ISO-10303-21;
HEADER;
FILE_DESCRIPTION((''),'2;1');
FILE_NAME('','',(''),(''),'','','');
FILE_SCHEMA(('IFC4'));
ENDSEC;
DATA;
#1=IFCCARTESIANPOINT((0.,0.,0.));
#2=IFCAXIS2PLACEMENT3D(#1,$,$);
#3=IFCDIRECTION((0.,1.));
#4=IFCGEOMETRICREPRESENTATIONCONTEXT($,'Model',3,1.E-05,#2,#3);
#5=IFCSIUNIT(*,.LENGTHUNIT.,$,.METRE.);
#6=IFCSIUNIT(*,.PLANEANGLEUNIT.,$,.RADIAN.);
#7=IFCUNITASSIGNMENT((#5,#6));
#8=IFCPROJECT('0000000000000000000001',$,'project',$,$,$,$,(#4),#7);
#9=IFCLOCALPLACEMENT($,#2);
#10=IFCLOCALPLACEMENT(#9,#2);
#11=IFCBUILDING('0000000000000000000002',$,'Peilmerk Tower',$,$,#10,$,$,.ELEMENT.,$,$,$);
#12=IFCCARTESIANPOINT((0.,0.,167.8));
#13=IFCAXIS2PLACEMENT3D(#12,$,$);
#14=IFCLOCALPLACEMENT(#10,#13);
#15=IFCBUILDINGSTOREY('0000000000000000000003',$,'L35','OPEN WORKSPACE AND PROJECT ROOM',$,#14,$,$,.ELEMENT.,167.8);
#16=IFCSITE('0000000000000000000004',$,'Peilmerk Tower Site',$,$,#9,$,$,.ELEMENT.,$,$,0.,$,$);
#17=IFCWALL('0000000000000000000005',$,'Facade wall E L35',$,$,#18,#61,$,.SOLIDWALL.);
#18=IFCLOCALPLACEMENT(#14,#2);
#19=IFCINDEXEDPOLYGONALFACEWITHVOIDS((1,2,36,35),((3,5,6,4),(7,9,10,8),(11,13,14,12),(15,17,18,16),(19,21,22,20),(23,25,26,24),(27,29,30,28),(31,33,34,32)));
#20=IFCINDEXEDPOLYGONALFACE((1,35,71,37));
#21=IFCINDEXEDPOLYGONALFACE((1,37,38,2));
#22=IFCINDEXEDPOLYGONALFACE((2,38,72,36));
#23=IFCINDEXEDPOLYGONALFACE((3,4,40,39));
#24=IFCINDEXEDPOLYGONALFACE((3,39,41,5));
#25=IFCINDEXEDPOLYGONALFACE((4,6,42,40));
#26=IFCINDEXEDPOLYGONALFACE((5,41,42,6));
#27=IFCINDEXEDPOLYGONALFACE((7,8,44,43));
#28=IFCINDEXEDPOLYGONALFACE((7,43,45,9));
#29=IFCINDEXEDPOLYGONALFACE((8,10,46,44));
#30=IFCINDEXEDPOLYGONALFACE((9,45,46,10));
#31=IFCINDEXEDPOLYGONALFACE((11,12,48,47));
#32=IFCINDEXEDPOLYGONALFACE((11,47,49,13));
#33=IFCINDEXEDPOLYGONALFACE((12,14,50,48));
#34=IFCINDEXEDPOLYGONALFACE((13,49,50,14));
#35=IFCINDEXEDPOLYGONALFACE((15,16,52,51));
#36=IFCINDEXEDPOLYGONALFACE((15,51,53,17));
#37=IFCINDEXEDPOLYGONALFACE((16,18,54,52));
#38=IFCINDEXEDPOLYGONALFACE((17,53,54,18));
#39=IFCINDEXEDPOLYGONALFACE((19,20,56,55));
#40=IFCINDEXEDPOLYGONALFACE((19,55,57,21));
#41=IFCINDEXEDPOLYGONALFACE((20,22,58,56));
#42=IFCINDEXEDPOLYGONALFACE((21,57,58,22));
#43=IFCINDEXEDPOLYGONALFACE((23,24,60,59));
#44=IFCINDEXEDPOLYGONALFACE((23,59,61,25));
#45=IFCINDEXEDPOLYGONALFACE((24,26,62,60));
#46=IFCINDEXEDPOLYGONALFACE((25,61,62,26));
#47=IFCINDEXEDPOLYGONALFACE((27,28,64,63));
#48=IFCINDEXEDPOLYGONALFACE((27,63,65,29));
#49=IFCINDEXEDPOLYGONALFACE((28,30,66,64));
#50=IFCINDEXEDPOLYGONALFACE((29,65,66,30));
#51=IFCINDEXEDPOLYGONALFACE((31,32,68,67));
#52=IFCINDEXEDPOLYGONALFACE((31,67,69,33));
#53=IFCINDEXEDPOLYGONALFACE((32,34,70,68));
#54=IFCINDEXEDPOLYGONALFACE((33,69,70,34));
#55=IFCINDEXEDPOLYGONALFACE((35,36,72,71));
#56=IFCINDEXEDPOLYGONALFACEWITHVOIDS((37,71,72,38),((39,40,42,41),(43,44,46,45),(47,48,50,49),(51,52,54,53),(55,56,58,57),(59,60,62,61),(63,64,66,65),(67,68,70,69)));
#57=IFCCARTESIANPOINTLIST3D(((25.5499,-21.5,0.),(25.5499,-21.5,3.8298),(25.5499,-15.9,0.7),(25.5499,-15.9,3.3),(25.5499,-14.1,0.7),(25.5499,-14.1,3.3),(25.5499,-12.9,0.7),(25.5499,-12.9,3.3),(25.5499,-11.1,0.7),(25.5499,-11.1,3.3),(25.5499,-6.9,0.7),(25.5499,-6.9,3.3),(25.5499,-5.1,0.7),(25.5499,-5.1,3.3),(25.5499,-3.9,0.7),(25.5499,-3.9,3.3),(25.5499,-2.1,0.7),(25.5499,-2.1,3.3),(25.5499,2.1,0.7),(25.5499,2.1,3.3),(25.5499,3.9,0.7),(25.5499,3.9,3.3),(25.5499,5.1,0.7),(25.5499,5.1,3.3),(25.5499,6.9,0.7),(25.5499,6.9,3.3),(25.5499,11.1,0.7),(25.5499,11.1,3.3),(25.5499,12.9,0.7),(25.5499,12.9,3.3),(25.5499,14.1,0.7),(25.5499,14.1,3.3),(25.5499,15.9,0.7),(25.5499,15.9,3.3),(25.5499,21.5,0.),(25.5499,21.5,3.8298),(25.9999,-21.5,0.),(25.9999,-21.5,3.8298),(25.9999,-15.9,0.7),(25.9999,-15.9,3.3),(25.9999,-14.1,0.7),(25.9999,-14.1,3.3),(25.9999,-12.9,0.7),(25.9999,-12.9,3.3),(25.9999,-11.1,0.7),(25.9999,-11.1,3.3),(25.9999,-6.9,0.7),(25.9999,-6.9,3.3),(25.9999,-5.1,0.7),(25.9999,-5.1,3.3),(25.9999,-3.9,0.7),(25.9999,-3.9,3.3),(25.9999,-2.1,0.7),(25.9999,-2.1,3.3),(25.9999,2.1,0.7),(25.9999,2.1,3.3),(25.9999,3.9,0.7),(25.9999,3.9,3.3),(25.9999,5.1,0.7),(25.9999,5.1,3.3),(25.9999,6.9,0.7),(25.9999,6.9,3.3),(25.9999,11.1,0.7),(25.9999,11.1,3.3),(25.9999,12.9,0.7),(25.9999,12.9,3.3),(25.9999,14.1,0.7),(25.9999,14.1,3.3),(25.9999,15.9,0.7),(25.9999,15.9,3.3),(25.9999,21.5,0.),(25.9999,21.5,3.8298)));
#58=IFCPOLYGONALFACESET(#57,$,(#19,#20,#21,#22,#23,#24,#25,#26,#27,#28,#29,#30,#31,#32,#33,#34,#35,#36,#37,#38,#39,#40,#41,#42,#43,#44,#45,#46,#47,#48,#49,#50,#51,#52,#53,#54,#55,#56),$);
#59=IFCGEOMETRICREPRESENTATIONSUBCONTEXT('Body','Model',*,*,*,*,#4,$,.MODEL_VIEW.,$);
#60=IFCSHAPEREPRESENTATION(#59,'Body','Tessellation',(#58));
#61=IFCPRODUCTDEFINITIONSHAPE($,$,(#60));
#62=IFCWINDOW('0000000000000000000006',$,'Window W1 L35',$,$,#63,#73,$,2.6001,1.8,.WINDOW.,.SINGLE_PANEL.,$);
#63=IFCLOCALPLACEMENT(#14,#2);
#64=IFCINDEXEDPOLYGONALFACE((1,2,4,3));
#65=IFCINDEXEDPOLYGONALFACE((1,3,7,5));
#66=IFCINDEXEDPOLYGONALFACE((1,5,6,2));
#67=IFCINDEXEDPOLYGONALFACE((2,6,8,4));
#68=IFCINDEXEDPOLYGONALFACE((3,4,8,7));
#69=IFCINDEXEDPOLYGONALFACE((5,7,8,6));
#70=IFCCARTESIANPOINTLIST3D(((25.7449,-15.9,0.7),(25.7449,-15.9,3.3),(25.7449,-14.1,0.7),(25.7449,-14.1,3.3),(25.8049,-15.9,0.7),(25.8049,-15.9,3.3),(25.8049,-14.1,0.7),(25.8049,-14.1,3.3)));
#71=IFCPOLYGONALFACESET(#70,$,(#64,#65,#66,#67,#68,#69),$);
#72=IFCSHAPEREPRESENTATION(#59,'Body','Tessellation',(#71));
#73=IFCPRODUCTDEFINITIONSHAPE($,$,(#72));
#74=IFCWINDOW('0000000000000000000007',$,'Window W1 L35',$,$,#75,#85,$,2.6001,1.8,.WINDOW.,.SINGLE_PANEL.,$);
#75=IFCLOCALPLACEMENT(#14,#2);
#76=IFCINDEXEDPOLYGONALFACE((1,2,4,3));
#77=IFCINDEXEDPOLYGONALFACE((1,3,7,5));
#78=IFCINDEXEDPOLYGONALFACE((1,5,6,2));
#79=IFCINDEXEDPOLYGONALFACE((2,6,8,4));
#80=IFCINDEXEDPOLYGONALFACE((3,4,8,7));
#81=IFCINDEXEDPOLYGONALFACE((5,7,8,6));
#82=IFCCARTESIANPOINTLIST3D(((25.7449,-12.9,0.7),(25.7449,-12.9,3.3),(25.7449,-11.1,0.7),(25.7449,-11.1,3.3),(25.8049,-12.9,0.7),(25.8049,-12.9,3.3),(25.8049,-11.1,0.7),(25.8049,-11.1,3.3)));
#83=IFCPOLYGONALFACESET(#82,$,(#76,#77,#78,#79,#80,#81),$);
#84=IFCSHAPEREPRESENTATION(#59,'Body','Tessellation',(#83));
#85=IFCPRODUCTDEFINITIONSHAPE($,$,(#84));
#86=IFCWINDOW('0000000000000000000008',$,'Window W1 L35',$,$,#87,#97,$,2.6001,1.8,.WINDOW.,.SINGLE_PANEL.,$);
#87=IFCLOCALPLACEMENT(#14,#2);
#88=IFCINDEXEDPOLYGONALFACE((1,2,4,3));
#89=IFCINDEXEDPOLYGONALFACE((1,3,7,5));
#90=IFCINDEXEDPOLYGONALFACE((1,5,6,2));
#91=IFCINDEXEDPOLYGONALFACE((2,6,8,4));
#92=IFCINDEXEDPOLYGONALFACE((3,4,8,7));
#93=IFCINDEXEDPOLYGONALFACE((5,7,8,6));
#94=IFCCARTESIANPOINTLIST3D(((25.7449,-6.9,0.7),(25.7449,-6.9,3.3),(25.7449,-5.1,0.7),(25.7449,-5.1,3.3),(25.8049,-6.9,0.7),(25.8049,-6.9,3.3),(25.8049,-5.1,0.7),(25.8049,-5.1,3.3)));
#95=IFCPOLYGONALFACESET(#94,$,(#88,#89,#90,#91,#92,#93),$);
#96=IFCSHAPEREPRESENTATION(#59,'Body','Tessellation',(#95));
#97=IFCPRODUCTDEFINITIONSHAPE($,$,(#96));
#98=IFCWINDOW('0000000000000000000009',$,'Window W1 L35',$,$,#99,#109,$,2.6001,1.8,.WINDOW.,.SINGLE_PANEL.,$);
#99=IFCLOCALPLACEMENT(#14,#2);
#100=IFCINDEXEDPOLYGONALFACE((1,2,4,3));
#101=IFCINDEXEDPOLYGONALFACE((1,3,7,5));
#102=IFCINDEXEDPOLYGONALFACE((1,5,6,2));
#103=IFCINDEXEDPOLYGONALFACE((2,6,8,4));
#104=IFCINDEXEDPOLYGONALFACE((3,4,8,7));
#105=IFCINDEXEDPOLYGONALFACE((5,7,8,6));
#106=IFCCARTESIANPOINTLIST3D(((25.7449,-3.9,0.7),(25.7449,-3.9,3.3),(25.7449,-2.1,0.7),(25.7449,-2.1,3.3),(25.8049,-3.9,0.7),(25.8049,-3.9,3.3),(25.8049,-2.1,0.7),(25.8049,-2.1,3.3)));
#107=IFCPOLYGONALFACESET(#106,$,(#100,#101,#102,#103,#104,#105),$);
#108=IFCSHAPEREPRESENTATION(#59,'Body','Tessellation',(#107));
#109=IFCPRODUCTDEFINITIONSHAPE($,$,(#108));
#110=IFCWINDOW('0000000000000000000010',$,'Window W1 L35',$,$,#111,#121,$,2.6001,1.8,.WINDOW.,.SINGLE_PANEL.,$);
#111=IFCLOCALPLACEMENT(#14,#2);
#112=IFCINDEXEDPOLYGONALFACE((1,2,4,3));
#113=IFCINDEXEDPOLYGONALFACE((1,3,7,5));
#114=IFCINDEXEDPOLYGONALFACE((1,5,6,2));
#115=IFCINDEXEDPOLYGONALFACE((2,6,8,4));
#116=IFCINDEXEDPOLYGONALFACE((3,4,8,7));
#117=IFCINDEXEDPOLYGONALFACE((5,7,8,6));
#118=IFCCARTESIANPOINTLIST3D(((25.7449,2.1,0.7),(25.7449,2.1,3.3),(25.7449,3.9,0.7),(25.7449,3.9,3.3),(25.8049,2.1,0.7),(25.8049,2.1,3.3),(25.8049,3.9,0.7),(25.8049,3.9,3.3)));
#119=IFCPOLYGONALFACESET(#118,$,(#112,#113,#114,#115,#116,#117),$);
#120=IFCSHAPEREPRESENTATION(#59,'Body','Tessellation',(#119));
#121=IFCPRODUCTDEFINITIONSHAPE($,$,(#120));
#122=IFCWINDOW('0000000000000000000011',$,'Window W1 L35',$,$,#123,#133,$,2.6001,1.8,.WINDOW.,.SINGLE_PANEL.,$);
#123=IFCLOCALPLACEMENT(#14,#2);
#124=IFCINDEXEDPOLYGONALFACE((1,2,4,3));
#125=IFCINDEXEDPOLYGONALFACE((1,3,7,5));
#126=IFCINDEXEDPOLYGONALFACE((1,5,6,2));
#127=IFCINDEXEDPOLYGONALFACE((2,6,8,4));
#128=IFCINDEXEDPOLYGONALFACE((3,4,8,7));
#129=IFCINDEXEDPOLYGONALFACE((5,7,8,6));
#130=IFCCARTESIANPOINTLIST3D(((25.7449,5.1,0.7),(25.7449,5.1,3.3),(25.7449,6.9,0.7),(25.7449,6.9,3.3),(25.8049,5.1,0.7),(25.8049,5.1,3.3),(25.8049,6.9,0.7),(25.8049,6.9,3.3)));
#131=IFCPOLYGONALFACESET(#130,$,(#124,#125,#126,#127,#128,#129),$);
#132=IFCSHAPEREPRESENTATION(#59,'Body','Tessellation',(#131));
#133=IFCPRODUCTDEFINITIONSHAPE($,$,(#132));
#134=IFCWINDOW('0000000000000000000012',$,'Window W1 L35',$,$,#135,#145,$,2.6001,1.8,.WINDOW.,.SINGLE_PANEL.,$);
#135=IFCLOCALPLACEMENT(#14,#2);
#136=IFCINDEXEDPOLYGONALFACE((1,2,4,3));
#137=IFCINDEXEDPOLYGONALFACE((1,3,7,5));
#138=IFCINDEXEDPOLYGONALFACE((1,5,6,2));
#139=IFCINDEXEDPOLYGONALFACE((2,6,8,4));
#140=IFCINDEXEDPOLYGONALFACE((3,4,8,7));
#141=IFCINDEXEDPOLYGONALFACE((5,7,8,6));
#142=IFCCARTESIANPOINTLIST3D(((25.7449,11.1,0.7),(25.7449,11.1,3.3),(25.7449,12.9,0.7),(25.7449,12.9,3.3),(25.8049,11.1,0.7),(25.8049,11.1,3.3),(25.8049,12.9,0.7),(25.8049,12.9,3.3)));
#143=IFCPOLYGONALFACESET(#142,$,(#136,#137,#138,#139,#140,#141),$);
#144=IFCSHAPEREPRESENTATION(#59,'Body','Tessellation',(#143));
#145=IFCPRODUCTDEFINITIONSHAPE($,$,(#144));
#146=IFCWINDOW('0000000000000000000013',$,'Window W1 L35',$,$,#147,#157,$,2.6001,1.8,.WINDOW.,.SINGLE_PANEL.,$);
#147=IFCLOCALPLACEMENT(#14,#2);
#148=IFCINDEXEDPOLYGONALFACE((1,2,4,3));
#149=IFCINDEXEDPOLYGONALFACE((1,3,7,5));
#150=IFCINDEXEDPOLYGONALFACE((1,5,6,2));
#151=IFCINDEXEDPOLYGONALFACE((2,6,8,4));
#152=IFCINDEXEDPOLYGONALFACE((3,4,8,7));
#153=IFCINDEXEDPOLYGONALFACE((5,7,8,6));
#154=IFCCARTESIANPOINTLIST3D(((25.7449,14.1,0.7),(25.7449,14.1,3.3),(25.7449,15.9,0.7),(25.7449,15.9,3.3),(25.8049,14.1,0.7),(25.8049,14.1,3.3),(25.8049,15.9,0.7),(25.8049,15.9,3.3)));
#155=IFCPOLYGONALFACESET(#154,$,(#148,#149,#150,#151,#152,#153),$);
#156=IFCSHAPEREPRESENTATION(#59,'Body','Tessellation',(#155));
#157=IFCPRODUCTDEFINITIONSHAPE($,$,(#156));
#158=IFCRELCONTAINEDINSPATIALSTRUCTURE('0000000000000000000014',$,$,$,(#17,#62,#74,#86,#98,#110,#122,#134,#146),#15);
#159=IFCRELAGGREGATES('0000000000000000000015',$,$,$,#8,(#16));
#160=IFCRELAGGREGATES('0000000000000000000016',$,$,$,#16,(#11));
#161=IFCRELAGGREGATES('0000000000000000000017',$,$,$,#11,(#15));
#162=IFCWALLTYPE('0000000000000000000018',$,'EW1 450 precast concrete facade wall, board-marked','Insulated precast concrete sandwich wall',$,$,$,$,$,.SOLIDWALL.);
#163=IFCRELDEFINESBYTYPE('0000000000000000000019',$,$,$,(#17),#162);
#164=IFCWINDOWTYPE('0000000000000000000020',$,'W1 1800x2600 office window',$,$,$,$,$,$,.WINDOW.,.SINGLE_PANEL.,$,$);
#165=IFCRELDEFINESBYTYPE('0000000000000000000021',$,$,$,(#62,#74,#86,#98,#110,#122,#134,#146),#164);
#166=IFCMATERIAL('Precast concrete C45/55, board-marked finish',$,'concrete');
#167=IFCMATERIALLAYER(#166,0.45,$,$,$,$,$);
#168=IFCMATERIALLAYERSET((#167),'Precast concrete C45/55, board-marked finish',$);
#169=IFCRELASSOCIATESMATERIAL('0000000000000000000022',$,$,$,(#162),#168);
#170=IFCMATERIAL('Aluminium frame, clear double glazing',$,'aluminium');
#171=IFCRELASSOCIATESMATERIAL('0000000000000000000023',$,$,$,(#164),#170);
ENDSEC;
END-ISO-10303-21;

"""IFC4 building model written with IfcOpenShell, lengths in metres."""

from ifc_helpers import new_model, si_unit, direction, frame, frame_2d, origin, place, context, subcontext, project, spatial, rectangle, extrude, material, layer, layer_set, type_object, element, fill, save


model = new_model("IFC4")

# Units and contexts
model_context = context("Model", 3, precision=1e-05, world=origin(), true_north=direction((0.0, 1.0)))
body_context = subcontext(model_context, "Body", "Model", "MODEL_VIEW")
ifc_project = project(units=[si_unit("LENGTHUNIT", "METRE"), si_unit("PLANEANGLEUNIT", "RADIAN")], contexts=[model_context])

# Site, building, storey
site_placement = place(None, origin())
site = spatial("IfcSite", under=ifc_project, at=site_placement, Name="Peilmerk Tower Site", CompositionType="ELEMENT", RefElevation=0.0)
building_placement = place(site_placement, origin())
building = spatial("IfcBuilding", under=site, at=building_placement, Name="Peilmerk Tower", CompositionType="ELEMENT")
storey_placement = place(building_placement, frame((0.0, 0.0, 167.8)))
storey = spatial("IfcBuildingStorey", under=building, at=storey_placement, Name="L35", Description="OPEN WORKSPACE AND PROJECT ROOM", CompositionType="ELEMENT", Elevation=167.8)

# Wall, openings, windows
ifc_material_1 = material(Name="Precast concrete C45/55, board-marked finish", Category="concrete")
ifc_layer_1 = layer(ifc_material_1, 0.45)
ifc_layer_set_1 = layer_set([ifc_layer_1], Name="Precast concrete C45/55, board-marked finish")
wall_type = type_object("IfcWallType", Name="EW1 450 precast concrete facade wall, board-marked", Description="Insulated precast concrete sandwich wall", PredefinedType="SOLIDWALL", material=ifc_layer_set_1)
wall_1_placement = place(storey_placement, frame((25.7749, -21.5, 0.0), z_axis=(0.0, 0.0, 1.0), x_axis=(0.0, 1.0, 0.0)))
wall_1 = element("IfcWall", 1, at=wall_1_placement, inside=storey, type_object=wall_type, Name="Facade wall E L35", PredefinedType="SOLIDWALL", context=body_context, shape_type="SweptSolid", body=[
    extrude(rectangle(XDim=43.0, YDim=0.45, at=frame_2d((21.5, 0.0))), origin(), (0.0, 0.0, 1.0), 3.8298),
])
opening_1_placement = place(wall_1_placement, frame((5.6001, 0.0, 0.7)))
opening_1 = element("IfcOpeningElement", 2, at=opening_1_placement, cuts=wall_1, PredefinedType="OPENING", context=body_context, shape_type="SweptSolid", body=[
    extrude(rectangle(XDim=1.8, YDim=2.6001, at=frame_2d((0.8999, 1.3))), frame((0.0, 0.2349, 0.0), z_axis=(0.0, -1.0, 0.0), x_axis=(1.0, 0.0, 0.0)), (0.0, 0.0, 1.0), 0.47),
])
opening_2_placement = place(wall_1_placement, frame((8.6001, 0.0, 0.7)))
opening_2 = element("IfcOpeningElement", 3, at=opening_2_placement, cuts=wall_1, PredefinedType="OPENING", context=body_context, shape_type="SweptSolid", body=[
    extrude(rectangle(XDim=1.8, YDim=2.6001, at=frame_2d((0.8999, 1.3))), frame((0.0, 0.2349, 0.0), z_axis=(0.0, -1.0, 0.0), x_axis=(1.0, 0.0, 0.0)), (0.0, 0.0, 1.0), 0.47),
])
opening_3_placement = place(wall_1_placement, frame((14.6001, 0.0, 0.7)))
opening_3 = element("IfcOpeningElement", 4, at=opening_3_placement, cuts=wall_1, PredefinedType="OPENING", context=body_context, shape_type="SweptSolid", body=[
    extrude(rectangle(XDim=1.8, YDim=2.6001, at=frame_2d((0.8999, 1.3))), frame((0.0, 0.2349, 0.0), z_axis=(0.0, -1.0, 0.0), x_axis=(1.0, 0.0, 0.0)), (0.0, 0.0, 1.0), 0.47),
])
opening_4_placement = place(wall_1_placement, frame((17.6001, 0.0, 0.7)))
opening_4 = element("IfcOpeningElement", 5, at=opening_4_placement, cuts=wall_1, PredefinedType="OPENING", context=body_context, shape_type="SweptSolid", body=[
    extrude(rectangle(XDim=1.8, YDim=2.6001, at=frame_2d((0.8999, 1.3))), frame((0.0, 0.2349, 0.0), z_axis=(0.0, -1.0, 0.0), x_axis=(1.0, 0.0, 0.0)), (0.0, 0.0, 1.0), 0.47),
])
opening_5_placement = place(wall_1_placement, frame((23.6001, 0.0, 0.7)))
opening_5 = element("IfcOpeningElement", 6, at=opening_5_placement, cuts=wall_1, PredefinedType="OPENING", context=body_context, shape_type="SweptSolid", body=[
    extrude(rectangle(XDim=1.8, YDim=2.6001, at=frame_2d((0.8999, 1.3))), frame((0.0, 0.2349, 0.0), z_axis=(0.0, -1.0, 0.0), x_axis=(1.0, 0.0, 0.0)), (0.0, 0.0, 1.0), 0.47),
])
opening_6_placement = place(wall_1_placement, frame((26.6001, 0.0, 0.7)))
opening_6 = element("IfcOpeningElement", 7, at=opening_6_placement, cuts=wall_1, PredefinedType="OPENING", context=body_context, shape_type="SweptSolid", body=[
    extrude(rectangle(XDim=1.8, YDim=2.6001, at=frame_2d((0.8999, 1.3))), frame((0.0, 0.2349, 0.0), z_axis=(0.0, -1.0, 0.0), x_axis=(1.0, 0.0, 0.0)), (0.0, 0.0, 1.0), 0.47),
])
opening_7_placement = place(wall_1_placement, frame((32.6001, 0.0, 0.7)))
opening_7 = element("IfcOpeningElement", 8, at=opening_7_placement, cuts=wall_1, PredefinedType="OPENING", context=body_context, shape_type="SweptSolid", body=[
    extrude(rectangle(XDim=1.8, YDim=2.6001, at=frame_2d((0.8999, 1.3))), frame((0.0, 0.2349, 0.0), z_axis=(0.0, -1.0, 0.0), x_axis=(1.0, 0.0, 0.0)), (0.0, 0.0, 1.0), 0.47),
])
opening_8_placement = place(wall_1_placement, frame((35.6001, 0.0, 0.7)))
opening_8 = element("IfcOpeningElement", 9, at=opening_8_placement, cuts=wall_1, PredefinedType="OPENING", context=body_context, shape_type="SweptSolid", body=[
    extrude(rectangle(XDim=1.8, YDim=2.6001, at=frame_2d((0.8999, 1.3))), frame((0.0, 0.2349, 0.0), z_axis=(0.0, -1.0, 0.0), x_axis=(1.0, 0.0, 0.0)), (0.0, 0.0, 1.0), 0.47),
])
ifc_material_2 = material(Name="Aluminium frame, clear double glazing", Category="aluminium")
window_type = type_object("IfcWindowType", Name="W1 1800x2600 office window", PartitioningType="SINGLE_PANEL", PredefinedType="WINDOW", material=ifc_material_2)
window_1_placement = place(opening_1_placement, origin())
window_1 = element("IfcWindow", 10, at=window_1_placement, inside=storey, type_object=window_type, Name="Window W1 L35", OverallHeight=2.6001, OverallWidth=1.8, PartitioningType="SINGLE_PANEL", PredefinedType="WINDOW", context=body_context, shape_type="SweptSolid", body=[
    extrude(rectangle(XDim=1.8, YDim=2.6001, at=frame_2d((0.8999, 1.3))), frame((0.0, 0.03, 0.0), z_axis=(0.0, -1.0, 0.0), x_axis=(1.0, 0.0, 0.0)), (0.0, 0.0, 1.0), 0.0601),
])
fill(opening_1, window_1)
window_2_placement = place(opening_2_placement, origin())
window_2 = element("IfcWindow", 11, at=window_2_placement, inside=storey, type_object=window_type, Name="Window W1 L35", OverallHeight=2.6001, OverallWidth=1.8, PartitioningType="SINGLE_PANEL", PredefinedType="WINDOW", context=body_context, shape_type="SweptSolid", body=[
    extrude(rectangle(XDim=1.8, YDim=2.6001, at=frame_2d((0.8999, 1.3))), frame((0.0, 0.03, 0.0), z_axis=(0.0, -1.0, 0.0), x_axis=(1.0, 0.0, 0.0)), (0.0, 0.0, 1.0), 0.0601),
])
fill(opening_2, window_2)
window_3_placement = place(opening_3_placement, origin())
window_3 = element("IfcWindow", 12, at=window_3_placement, inside=storey, type_object=window_type, Name="Window W1 L35", OverallHeight=2.6001, OverallWidth=1.8, PartitioningType="SINGLE_PANEL", PredefinedType="WINDOW", context=body_context, shape_type="SweptSolid", body=[
    extrude(rectangle(XDim=1.8, YDim=2.6001, at=frame_2d((0.8999, 1.3))), frame((0.0, 0.03, 0.0), z_axis=(0.0, -1.0, 0.0), x_axis=(1.0, 0.0, 0.0)), (0.0, 0.0, 1.0), 0.0601),
])
fill(opening_3, window_3)
window_4_placement = place(opening_4_placement, origin())
window_4 = element("IfcWindow", 13, at=window_4_placement, inside=storey, type_object=window_type, Name="Window W1 L35", OverallHeight=2.6001, OverallWidth=1.8, PartitioningType="SINGLE_PANEL", PredefinedType="WINDOW", context=body_context, shape_type="SweptSolid", body=[
    extrude(rectangle(XDim=1.8, YDim=2.6001, at=frame_2d((0.8999, 1.3))), frame((0.0, 0.03, 0.0), z_axis=(0.0, -1.0, 0.0), x_axis=(1.0, 0.0, 0.0)), (0.0, 0.0, 1.0), 0.0601),
])
fill(opening_4, window_4)
window_5_placement = place(opening_5_placement, origin())
window_5 = element("IfcWindow", 14, at=window_5_placement, inside=storey, type_object=window_type, Name="Window W1 L35", OverallHeight=2.6001, OverallWidth=1.8, PartitioningType="SINGLE_PANEL", PredefinedType="WINDOW", context=body_context, shape_type="SweptSolid", body=[
    extrude(rectangle(XDim=1.8, YDim=2.6001, at=frame_2d((0.8999, 1.3))), frame((0.0, 0.03, 0.0), z_axis=(0.0, -1.0, 0.0), x_axis=(1.0, 0.0, 0.0)), (0.0, 0.0, 1.0), 0.0601),
])
fill(opening_5, window_5)
window_6_placement = place(opening_6_placement, origin())
window_6 = element("IfcWindow", 15, at=window_6_placement, inside=storey, type_object=window_type, Name="Window W1 L35", OverallHeight=2.6001, OverallWidth=1.8, PartitioningType="SINGLE_PANEL", PredefinedType="WINDOW", context=body_context, shape_type="SweptSolid", body=[
    extrude(rectangle(XDim=1.8, YDim=2.6001, at=frame_2d((0.8999, 1.3))), frame((0.0, 0.03, 0.0), z_axis=(0.0, -1.0, 0.0), x_axis=(1.0, 0.0, 0.0)), (0.0, 0.0, 1.0), 0.0601),
])
fill(opening_6, window_6)
window_7_placement = place(opening_7_placement, origin())
window_7 = element("IfcWindow", 16, at=window_7_placement, inside=storey, type_object=window_type, Name="Window W1 L35", OverallHeight=2.6001, OverallWidth=1.8, PartitioningType="SINGLE_PANEL", PredefinedType="WINDOW", context=body_context, shape_type="SweptSolid", body=[
    extrude(rectangle(XDim=1.8, YDim=2.6001, at=frame_2d((0.8999, 1.3))), frame((0.0, 0.03, 0.0), z_axis=(0.0, -1.0, 0.0), x_axis=(1.0, 0.0, 0.0)), (0.0, 0.0, 1.0), 0.0601),
])
fill(opening_7, window_7)
window_8_placement = place(opening_8_placement, origin())
window_8 = element("IfcWindow", 17, at=window_8_placement, inside=storey, type_object=window_type, Name="Window W1 L35", OverallHeight=2.6001, OverallWidth=1.8, PartitioningType="SINGLE_PANEL", PredefinedType="WINDOW", context=body_context, shape_type="SweptSolid", body=[
    extrude(rectangle(XDim=1.8, YDim=2.6001, at=frame_2d((0.8999, 1.3))), frame((0.0, 0.03, 0.0), z_axis=(0.0, -1.0, 0.0), x_axis=(1.0, 0.0, 0.0)), (0.0, 0.0, 1.0), 0.0601),
])
fill(opening_8, window_8)

save(model, "model.ifc")
